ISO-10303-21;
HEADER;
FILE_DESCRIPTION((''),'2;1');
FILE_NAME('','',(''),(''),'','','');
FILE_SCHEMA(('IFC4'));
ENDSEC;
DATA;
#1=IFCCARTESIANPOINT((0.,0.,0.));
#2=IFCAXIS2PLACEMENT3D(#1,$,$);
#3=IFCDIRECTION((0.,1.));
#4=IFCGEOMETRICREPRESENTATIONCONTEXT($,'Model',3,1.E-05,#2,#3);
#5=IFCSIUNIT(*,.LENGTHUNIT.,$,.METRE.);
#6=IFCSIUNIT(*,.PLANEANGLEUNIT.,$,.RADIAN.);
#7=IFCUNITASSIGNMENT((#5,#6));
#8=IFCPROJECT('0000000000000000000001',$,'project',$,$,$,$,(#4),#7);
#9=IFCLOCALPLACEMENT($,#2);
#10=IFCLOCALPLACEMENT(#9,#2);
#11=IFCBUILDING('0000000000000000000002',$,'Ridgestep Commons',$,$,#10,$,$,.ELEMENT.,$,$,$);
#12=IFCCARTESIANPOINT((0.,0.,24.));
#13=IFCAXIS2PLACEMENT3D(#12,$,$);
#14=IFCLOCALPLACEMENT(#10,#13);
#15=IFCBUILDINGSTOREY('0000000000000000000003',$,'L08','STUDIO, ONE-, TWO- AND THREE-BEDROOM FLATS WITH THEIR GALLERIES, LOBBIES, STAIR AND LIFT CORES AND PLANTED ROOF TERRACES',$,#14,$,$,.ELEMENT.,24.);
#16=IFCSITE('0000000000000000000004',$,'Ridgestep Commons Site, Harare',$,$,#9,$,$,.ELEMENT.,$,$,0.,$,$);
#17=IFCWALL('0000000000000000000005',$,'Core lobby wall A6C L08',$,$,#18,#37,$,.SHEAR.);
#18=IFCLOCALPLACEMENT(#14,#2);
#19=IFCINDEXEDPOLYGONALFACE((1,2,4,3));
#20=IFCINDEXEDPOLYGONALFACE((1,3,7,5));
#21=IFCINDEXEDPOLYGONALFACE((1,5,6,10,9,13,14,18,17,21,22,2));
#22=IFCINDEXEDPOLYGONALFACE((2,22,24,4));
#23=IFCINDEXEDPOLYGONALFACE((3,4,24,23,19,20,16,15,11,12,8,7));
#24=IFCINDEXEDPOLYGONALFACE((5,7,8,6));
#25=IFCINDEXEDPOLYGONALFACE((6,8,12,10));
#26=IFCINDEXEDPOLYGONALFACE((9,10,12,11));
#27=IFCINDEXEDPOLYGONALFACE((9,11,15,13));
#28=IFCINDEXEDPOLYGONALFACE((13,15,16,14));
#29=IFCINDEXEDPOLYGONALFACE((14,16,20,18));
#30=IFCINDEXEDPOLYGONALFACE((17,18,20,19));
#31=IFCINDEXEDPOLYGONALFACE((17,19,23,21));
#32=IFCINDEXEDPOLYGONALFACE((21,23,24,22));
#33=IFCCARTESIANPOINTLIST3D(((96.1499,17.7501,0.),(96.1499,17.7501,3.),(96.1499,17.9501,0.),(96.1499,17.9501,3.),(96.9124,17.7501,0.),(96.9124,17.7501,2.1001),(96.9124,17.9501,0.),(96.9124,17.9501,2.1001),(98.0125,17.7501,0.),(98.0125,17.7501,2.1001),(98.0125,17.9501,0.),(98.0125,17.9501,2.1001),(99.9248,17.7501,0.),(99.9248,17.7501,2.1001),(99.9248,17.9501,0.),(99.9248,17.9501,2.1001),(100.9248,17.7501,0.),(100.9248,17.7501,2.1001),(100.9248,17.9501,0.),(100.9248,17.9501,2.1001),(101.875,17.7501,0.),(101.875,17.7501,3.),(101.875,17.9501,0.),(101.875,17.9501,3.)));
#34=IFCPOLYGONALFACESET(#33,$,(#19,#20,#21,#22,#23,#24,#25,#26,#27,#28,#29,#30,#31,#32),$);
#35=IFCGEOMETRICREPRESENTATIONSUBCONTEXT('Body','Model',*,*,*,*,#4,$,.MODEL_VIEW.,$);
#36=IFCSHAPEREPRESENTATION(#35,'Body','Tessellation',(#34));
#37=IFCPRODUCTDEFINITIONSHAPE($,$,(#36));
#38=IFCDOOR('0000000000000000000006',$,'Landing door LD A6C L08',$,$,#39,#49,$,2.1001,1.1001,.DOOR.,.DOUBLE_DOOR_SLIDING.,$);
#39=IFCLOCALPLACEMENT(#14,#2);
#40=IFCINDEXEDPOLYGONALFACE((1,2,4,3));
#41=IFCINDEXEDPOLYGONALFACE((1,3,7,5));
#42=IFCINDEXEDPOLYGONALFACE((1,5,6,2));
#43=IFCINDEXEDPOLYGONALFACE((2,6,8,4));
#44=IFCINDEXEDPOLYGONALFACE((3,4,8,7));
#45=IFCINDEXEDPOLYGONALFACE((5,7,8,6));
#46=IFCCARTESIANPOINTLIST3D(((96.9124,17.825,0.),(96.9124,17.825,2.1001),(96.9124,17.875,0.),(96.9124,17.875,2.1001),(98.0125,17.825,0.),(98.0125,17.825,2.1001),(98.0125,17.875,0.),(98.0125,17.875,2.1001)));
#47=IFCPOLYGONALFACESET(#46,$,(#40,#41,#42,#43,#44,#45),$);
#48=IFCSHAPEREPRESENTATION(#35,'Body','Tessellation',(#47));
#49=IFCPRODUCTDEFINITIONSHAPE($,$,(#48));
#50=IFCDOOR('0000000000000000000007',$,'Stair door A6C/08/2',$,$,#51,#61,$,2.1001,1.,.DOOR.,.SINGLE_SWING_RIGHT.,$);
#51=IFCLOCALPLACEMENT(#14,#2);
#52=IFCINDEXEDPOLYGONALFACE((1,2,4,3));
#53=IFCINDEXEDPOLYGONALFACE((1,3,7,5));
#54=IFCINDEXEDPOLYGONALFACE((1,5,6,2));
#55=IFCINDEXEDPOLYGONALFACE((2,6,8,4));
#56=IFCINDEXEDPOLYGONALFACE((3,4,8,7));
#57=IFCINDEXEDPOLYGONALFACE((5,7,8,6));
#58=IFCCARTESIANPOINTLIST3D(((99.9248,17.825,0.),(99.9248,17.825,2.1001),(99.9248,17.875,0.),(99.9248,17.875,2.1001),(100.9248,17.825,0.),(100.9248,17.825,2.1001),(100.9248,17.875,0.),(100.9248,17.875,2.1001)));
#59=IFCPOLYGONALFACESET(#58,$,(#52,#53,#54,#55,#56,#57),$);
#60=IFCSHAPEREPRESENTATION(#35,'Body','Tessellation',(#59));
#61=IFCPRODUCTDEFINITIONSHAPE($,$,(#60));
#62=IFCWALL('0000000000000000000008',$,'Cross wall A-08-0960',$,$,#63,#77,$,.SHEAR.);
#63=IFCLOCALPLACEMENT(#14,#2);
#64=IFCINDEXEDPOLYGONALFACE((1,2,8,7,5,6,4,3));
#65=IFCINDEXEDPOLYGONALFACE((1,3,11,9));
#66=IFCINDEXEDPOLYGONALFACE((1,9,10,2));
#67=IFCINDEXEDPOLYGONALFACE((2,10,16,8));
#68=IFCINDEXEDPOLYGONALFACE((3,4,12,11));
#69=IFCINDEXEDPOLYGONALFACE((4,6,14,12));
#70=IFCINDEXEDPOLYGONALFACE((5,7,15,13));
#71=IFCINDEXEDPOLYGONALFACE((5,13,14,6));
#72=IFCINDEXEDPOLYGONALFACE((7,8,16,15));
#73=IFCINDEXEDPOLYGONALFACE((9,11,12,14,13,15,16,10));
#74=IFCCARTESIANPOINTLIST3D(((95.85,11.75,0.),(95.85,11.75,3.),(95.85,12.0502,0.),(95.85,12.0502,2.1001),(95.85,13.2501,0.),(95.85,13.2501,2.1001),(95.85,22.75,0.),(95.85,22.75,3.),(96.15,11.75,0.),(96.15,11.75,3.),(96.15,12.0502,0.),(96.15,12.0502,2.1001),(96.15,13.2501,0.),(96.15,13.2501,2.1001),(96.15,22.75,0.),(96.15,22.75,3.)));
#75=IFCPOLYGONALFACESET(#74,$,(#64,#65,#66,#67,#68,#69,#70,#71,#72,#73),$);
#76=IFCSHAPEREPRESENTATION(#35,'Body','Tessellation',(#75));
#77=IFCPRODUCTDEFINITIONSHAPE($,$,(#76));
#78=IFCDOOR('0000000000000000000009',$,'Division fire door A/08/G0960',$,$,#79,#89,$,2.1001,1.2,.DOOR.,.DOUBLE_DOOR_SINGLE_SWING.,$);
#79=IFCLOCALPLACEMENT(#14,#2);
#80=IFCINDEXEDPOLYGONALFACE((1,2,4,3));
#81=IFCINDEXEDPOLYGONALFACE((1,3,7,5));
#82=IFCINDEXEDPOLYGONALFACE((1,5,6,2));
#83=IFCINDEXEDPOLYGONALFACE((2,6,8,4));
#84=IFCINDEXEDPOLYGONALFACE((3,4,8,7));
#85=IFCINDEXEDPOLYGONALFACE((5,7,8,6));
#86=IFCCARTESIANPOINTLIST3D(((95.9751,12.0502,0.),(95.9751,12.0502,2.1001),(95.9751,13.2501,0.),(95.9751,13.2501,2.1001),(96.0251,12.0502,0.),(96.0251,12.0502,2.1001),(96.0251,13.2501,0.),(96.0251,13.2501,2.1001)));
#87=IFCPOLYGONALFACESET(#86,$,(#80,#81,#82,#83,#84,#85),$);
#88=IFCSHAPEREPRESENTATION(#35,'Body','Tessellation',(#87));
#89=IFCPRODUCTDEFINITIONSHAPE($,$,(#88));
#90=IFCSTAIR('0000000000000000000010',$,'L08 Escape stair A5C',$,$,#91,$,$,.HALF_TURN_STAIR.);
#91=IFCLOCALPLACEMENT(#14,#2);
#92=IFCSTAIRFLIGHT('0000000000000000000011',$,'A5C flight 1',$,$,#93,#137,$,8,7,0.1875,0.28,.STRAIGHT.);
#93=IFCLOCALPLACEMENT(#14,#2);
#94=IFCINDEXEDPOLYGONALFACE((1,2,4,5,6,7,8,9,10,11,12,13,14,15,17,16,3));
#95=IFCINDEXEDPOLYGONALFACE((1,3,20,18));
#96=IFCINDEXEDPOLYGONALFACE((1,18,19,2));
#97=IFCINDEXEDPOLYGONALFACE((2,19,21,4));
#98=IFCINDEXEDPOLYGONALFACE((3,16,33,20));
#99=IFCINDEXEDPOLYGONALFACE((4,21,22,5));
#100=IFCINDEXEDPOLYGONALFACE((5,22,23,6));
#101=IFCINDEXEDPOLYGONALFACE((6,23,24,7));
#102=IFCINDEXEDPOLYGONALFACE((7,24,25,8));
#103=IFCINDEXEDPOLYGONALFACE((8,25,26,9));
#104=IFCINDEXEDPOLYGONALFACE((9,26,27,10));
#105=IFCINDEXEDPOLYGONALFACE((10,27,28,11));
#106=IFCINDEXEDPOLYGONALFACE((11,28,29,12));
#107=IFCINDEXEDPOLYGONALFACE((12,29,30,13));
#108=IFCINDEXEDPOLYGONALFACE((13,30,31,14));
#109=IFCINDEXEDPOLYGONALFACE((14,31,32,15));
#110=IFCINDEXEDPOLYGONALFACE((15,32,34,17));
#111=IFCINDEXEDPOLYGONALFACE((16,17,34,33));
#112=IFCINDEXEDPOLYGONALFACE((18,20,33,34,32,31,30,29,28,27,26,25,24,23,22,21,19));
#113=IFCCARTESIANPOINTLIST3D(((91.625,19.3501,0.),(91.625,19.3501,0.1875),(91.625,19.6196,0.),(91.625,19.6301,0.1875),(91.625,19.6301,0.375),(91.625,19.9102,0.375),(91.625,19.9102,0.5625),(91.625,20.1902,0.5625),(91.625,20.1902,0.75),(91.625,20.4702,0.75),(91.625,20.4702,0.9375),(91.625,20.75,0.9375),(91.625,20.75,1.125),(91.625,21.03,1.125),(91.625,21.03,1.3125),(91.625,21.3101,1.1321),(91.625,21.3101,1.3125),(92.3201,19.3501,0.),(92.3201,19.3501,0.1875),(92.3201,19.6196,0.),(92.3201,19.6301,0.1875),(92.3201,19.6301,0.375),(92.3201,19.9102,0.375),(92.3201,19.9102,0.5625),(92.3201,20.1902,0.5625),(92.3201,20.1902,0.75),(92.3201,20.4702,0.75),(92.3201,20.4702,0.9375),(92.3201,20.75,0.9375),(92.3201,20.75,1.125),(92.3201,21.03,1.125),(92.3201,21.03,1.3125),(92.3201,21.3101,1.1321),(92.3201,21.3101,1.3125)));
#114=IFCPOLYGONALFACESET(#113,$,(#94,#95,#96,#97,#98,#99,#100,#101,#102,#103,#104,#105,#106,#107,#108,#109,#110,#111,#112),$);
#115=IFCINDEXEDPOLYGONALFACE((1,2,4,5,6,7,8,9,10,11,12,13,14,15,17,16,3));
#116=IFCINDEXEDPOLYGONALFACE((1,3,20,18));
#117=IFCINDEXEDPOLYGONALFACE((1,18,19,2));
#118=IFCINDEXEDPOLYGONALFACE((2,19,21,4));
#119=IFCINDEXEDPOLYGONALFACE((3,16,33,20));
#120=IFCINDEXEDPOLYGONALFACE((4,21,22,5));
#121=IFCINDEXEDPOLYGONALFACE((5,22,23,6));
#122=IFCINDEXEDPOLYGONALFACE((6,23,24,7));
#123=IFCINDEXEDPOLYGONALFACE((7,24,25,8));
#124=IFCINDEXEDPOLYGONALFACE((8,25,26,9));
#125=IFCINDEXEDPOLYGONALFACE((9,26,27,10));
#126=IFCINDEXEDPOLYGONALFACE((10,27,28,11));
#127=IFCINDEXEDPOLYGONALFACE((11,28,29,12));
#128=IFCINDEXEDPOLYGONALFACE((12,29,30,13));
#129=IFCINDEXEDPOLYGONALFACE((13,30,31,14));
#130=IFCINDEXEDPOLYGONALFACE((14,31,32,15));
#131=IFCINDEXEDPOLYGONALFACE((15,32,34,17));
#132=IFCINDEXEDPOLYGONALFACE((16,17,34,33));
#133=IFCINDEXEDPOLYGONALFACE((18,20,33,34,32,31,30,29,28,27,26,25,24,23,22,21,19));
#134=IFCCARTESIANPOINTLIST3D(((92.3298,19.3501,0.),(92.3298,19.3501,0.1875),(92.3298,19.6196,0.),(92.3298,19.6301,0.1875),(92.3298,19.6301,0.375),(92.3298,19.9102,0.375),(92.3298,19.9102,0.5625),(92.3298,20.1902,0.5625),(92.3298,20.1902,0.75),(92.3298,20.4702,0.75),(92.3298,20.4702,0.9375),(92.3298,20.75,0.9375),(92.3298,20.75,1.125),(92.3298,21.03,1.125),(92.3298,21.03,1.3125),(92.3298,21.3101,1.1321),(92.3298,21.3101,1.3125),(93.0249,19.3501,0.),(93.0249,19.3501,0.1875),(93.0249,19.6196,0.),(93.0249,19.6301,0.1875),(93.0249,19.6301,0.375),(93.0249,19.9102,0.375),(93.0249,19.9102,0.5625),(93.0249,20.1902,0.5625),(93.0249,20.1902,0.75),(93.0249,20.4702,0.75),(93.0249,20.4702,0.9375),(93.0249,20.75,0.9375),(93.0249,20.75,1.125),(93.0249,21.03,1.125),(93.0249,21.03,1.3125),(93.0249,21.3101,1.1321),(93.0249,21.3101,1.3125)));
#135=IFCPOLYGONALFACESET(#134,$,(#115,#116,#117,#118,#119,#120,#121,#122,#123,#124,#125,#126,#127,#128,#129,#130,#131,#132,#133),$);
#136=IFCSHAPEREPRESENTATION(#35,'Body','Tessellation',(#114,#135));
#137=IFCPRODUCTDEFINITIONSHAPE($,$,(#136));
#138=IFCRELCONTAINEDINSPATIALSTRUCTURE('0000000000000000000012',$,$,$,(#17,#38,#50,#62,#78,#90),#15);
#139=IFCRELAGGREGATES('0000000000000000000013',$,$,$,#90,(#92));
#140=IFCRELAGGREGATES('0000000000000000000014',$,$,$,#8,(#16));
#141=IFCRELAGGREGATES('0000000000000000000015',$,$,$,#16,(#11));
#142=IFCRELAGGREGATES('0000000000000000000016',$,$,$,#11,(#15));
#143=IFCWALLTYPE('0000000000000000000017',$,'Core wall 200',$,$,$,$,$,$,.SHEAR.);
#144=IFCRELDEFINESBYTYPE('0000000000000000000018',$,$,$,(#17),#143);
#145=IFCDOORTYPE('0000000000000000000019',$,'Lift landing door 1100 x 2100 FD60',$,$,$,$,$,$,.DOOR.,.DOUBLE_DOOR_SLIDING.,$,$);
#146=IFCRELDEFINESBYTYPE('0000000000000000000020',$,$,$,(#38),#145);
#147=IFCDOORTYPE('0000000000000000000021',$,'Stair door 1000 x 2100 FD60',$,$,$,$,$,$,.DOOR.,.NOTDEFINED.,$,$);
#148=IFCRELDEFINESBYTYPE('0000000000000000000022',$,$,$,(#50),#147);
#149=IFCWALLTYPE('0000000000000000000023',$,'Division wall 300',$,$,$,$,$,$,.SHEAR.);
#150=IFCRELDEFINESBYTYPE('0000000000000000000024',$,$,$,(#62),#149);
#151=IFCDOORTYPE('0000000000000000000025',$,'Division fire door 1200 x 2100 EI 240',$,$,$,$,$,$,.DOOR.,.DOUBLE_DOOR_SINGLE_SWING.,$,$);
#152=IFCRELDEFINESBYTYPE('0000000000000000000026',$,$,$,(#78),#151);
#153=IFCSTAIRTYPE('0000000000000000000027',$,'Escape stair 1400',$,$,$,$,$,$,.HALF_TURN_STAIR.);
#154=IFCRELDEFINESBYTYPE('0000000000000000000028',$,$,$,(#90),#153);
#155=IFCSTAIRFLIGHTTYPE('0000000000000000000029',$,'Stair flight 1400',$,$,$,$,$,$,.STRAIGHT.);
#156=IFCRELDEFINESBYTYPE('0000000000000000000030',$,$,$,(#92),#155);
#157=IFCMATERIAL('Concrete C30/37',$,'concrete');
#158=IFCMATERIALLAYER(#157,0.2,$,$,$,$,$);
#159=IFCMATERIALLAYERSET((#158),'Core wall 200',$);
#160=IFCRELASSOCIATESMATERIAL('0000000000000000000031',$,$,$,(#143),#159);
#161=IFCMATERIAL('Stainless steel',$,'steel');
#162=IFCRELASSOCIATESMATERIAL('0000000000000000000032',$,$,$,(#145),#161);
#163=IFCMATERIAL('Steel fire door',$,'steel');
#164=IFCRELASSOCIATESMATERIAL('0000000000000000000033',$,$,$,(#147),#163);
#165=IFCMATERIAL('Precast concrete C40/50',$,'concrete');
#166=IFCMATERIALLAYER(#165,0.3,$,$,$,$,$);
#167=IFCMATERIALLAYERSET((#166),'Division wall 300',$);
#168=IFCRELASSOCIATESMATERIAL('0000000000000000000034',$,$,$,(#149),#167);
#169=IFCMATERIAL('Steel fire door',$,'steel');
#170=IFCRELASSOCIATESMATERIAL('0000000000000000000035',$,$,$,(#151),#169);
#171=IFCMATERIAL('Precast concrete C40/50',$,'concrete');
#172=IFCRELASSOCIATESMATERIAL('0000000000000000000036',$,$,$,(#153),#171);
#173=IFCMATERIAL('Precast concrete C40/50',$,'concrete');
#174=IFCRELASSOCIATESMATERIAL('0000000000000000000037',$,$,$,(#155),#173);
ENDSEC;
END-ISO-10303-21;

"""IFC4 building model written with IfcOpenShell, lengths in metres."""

from ifc_helpers import new_model, si_unit, direction, frame, frame_2d, origin, place, context, subcontext, project, spatial, polyline, rectangle, outline, extrude, material, layer, layer_set, type_object, element, fill, aggregate, save


model = new_model("IFC4")

# Units and contexts
model_context = context("Model", 3, precision=1e-05, world=origin(), true_north=direction((0.0, 1.0)))
body_context = subcontext(model_context, "Body", "Model", "MODEL_VIEW")
ifc_project = project(units=[si_unit("LENGTHUNIT", "METRE"), si_unit("PLANEANGLEUNIT", "RADIAN")], contexts=[model_context])

# Site, building, storey
site_placement = place(None, origin())
site = spatial("IfcSite", under=ifc_project, at=site_placement, Name="Ridgestep Commons Site, Harare", CompositionType="ELEMENT", RefElevation=0.0)
building_placement = place(site_placement, origin())
building = spatial("IfcBuilding", under=site, at=building_placement, Name="Ridgestep Commons", CompositionType="ELEMENT")
storey_placement = place(building_placement, frame((0.0, 0.0, 24.0)))
storey = spatial("IfcBuildingStorey", under=building, at=storey_placement, Name="L08", Description="STUDIO, ONE-, TWO- AND THREE-BEDROOM FLATS WITH THEIR GALLERIES, LOBBIES, STAIR AND LIFT CORES AND PLANTED ROOF TERRACES", CompositionType="ELEMENT", Elevation=24.0)

# Shared definitions
ifc_material_1 = material(Name="Concrete C30/37", Category="concrete")
ifc_layer_1 = layer(ifc_material_1, 0.2)
ifc_layer_set_1 = layer_set([ifc_layer_1], Name="Core wall 200")
wall_type_1 = type_object("IfcWallType", Name="Core wall 200", PredefinedType="SHEAR", material=ifc_layer_set_1)
ifc_material_2 = material(Name="Stainless steel", Category="steel")
door_type_1 = type_object("IfcDoorType", Name="Lift landing door 1100 x 2100 FD60", OperationType="DOUBLE_DOOR_SLIDING", PredefinedType="DOOR", material=ifc_material_2)
ifc_material_3 = material(Name="Steel fire door", Category="steel")
door_type_2 = type_object("IfcDoorType", Name="Stair door 1000 x 2100 FD60", OperationType="NOTDEFINED", PredefinedType="DOOR", material=ifc_material_3)

# Wall, openings, doors
wall_1_placement = place(storey_placement, frame((96.1499, 17.8501, 0.0), z_axis=(0.0, 0.0, 1.0), x_axis=(1.0, 0.0, 0.0)))
wall_1 = element("IfcWall", 1, at=wall_1_placement, inside=storey, type_object=wall_type_1, Name="Core lobby wall A6C L08", PredefinedType="SHEAR", context=body_context, shape_type="SweptSolid", body=[
    extrude(rectangle(XDim=5.7251, YDim=0.2, at=frame_2d((2.8625, 0.0))), origin(), (0.0, 0.0, 1.0), 3.0),
])
opening_1_placement = place(wall_1_placement, frame((3.7749, 0.0, 0.0)))
opening_1 = element("IfcOpeningElement", 2, at=opening_1_placement, cuts=wall_1, PredefinedType="OPENING", context=body_context, shape_type="SweptSolid", body=[
    extrude(rectangle(XDim=1.0, YDim=2.1001, at=frame_2d((0.5, 1.05))), frame((0.0, 0.1099, 0.0), z_axis=(0.0, -1.0, 0.0), x_axis=(1.0, 0.0, 0.0)), (0.0, 0.0, 1.0), 0.22),
])
opening_2_placement = place(wall_1_placement, frame((0.7625, 0.0, 0.0)))
opening_2 = element("IfcOpeningElement", 3, at=opening_2_placement, cuts=wall_1, PredefinedType="OPENING", context=body_context, shape_type="SweptSolid", body=[
    extrude(rectangle(XDim=1.1001, YDim=2.1001, at=frame_2d((0.55, 1.05))), frame((0.0, 0.1099, 0.0), z_axis=(0.0, -1.0, 0.0), x_axis=(1.0, 0.0, 0.0)), (0.0, 0.0, 1.0), 0.22),
])
door_1_placement = place(opening_2_placement, origin())
door_1 = element("IfcDoor", 4, at=door_1_placement, inside=storey, type_object=door_type_1, Name="Landing door LD A6C L08", OperationType="DOUBLE_DOOR_SLIDING", OverallHeight=2.1001, OverallWidth=1.1001, PredefinedType="DOOR", context=body_context, shape_type="SweptSolid", body=[
    extrude(rectangle(XDim=1.1001, YDim=2.1001, at=frame_2d((0.55, 1.05))), frame((0.0, 0.0249, 0.0), z_axis=(0.0, -1.0, 0.0), x_axis=(1.0, 0.0, 0.0)), (0.0, 0.0, 1.0), 0.05),
])
fill(opening_2, door_1)
door_2_placement = place(opening_1_placement, origin())
door_2 = element("IfcDoor", 5, at=door_2_placement, inside=storey, type_object=door_type_2, Name="Stair door A6C/08/2", OperationType="SINGLE_SWING_RIGHT", OverallHeight=2.1001, OverallWidth=1.0, PredefinedType="DOOR", context=body_context, shape_type="SweptSolid", body=[
    extrude(rectangle(XDim=1.0, YDim=2.1001, at=frame_2d((0.5, 1.05))), frame((0.0, 0.0249, 0.0), z_axis=(0.0, -1.0, 0.0), x_axis=(1.0, 0.0, 0.0)), (0.0, 0.0, 1.0), 0.05),
])
fill(opening_1, door_2)

# Wall, opening, door
ifc_material_4 = material(Name="Precast concrete C40/50", Category="concrete")
ifc_layer_2 = layer(ifc_material_4, 0.3)
ifc_layer_set_2 = layer_set([ifc_layer_2], Name="Division wall 300")
wall_type_2 = type_object("IfcWallType", Name="Division wall 300", PredefinedType="SHEAR", material=ifc_layer_set_2)
wall_2_placement = place(storey_placement, frame((96.0, 11.75, 0.0), z_axis=(0.0, 0.0, 1.0), x_axis=(0.0, 1.0, 0.0)))
wall_2 = element("IfcWall", 6, at=wall_2_placement, inside=storey, type_object=wall_type_2, Name="Cross wall A-08-0960", PredefinedType="SHEAR", context=body_context, shape_type="SweptSolid", body=[
    extrude(rectangle(XDim=11.0, YDim=0.3, at=frame_2d((5.5, 0.0))), origin(), (0.0, 0.0, 1.0), 3.0),
])
opening_3_placement = place(wall_2_placement, frame((0.3, 0.0, 0.0)))
opening_3 = element("IfcOpeningElement", 7, at=opening_3_placement, cuts=wall_2, PredefinedType="OPENING", context=body_context, shape_type="SweptSolid", body=[
    extrude(rectangle(XDim=1.2, YDim=2.1001, at=frame_2d((0.6001, 1.05))), frame((0.0, 0.1599, 0.0), z_axis=(0.0, -1.0, 0.0), x_axis=(1.0, 0.0, 0.0)), (0.0, 0.0, 1.0), 0.3201),
])
ifc_material_5 = material(Name="Steel fire door", Category="steel")
door_type_3 = type_object("IfcDoorType", Name="Division fire door 1200 x 2100 EI 240", OperationType="DOUBLE_DOOR_SINGLE_SWING", PredefinedType="DOOR", material=ifc_material_5)
door_3_placement = place(opening_3_placement, origin())
door_3 = element("IfcDoor", 8, at=door_3_placement, inside=storey, type_object=door_type_3, Name="Division fire door A/08/G0960", OperationType="DOUBLE_DOOR_SINGLE_SWING", OverallHeight=2.1001, OverallWidth=1.2, PredefinedType="DOOR", context=body_context, shape_type="SweptSolid", body=[
    extrude(rectangle(XDim=1.2, YDim=2.1001, at=frame_2d((0.6001, 1.05))), frame((0.0, 0.0249, 0.0), z_axis=(0.0, -1.0, 0.0), x_axis=(1.0, 0.0, 0.0)), (0.0, 0.0, 1.0), 0.05),
])
fill(opening_3, door_3)

# Stair, stair flight
ifc_material_6 = material(Name="Precast concrete C40/50", Category="concrete")
stair_type = type_object("IfcStairType", Name="Escape stair 1400", PredefinedType="HALF_TURN_STAIR", material=ifc_material_6)
stair_placement = place(storey_placement, origin())
stair = element("IfcStair", 9, at=stair_placement, inside=storey, type_object=stair_type, Name="L08 Escape stair A5C", PredefinedType="HALF_TURN_STAIR")
ifc_material_7 = material(Name="Precast concrete C40/50", Category="concrete")
stair_flight_type = type_object("IfcStairFlightType", Name="Stair flight 1400", PredefinedType="STRAIGHT", material=ifc_material_7)
stair_flight_placement = place(storey_placement, frame((92.325, 19.3501, 0.0), z_axis=(0.0, 0.0, 1.0), x_axis=(0.0, 1.0, 0.0)))
stair_flight = element("IfcStairFlight", 10, at=stair_flight_placement, type_object=stair_flight_type, Name="A5C flight 1", NumberOfRisers=8, NumberOfTreads=7, PredefinedType="STRAIGHT", RiserHeight=0.1875, TreadLength=0.28, context=body_context, shape_type="SweptSolid", body=[
    extrude(outline(polyline([(0.0, 0.0), (0.0, 0.1875), (0.28, 0.1875), (0.28, 0.375), (0.5601, 0.375), (0.5601, 0.5625), (0.8401, 0.5625), (0.8401, 0.75), (1.1201, 0.75), (1.1201, 0.9375), (1.3999, 0.9375), (1.3999, 1.125), (1.6799, 1.125), (1.6799, 1.3125), (1.96, 1.3125), (1.96, 1.5), (1.96, 1.1321), (0.2695, 0.0), (0.0, 0.0)])), frame((0.0, 0.7, 0.0), z_axis=(0.0, -1.0, 0.0), x_axis=(1.0, 0.0, 0.0)), (0.0, 0.0, 1.0), 0.6951),
    extrude(outline(polyline([(0.0, 0.0), (0.0, 0.1875), (0.28, 0.1875), (0.28, 0.375), (0.5601, 0.375), (0.5601, 0.5625), (0.8401, 0.5625), (0.8401, 0.75), (1.1201, 0.75), (1.1201, 0.9375), (1.3999, 0.9375), (1.3999, 1.125), (1.6799, 1.125), (1.6799, 1.3125), (1.96, 1.3125), (1.96, 1.5), (1.96, 1.1321), (0.2695, 0.0), (0.0, 0.0)])), frame((0.0, -0.0049, 0.0), z_axis=(0.0, -1.0, 0.0), x_axis=(1.0, 0.0, 0.0)), (0.0, 0.0, 1.0), 0.6951),
])
aggregate(stair, [stair_flight])

save(model, "model.ifc")
